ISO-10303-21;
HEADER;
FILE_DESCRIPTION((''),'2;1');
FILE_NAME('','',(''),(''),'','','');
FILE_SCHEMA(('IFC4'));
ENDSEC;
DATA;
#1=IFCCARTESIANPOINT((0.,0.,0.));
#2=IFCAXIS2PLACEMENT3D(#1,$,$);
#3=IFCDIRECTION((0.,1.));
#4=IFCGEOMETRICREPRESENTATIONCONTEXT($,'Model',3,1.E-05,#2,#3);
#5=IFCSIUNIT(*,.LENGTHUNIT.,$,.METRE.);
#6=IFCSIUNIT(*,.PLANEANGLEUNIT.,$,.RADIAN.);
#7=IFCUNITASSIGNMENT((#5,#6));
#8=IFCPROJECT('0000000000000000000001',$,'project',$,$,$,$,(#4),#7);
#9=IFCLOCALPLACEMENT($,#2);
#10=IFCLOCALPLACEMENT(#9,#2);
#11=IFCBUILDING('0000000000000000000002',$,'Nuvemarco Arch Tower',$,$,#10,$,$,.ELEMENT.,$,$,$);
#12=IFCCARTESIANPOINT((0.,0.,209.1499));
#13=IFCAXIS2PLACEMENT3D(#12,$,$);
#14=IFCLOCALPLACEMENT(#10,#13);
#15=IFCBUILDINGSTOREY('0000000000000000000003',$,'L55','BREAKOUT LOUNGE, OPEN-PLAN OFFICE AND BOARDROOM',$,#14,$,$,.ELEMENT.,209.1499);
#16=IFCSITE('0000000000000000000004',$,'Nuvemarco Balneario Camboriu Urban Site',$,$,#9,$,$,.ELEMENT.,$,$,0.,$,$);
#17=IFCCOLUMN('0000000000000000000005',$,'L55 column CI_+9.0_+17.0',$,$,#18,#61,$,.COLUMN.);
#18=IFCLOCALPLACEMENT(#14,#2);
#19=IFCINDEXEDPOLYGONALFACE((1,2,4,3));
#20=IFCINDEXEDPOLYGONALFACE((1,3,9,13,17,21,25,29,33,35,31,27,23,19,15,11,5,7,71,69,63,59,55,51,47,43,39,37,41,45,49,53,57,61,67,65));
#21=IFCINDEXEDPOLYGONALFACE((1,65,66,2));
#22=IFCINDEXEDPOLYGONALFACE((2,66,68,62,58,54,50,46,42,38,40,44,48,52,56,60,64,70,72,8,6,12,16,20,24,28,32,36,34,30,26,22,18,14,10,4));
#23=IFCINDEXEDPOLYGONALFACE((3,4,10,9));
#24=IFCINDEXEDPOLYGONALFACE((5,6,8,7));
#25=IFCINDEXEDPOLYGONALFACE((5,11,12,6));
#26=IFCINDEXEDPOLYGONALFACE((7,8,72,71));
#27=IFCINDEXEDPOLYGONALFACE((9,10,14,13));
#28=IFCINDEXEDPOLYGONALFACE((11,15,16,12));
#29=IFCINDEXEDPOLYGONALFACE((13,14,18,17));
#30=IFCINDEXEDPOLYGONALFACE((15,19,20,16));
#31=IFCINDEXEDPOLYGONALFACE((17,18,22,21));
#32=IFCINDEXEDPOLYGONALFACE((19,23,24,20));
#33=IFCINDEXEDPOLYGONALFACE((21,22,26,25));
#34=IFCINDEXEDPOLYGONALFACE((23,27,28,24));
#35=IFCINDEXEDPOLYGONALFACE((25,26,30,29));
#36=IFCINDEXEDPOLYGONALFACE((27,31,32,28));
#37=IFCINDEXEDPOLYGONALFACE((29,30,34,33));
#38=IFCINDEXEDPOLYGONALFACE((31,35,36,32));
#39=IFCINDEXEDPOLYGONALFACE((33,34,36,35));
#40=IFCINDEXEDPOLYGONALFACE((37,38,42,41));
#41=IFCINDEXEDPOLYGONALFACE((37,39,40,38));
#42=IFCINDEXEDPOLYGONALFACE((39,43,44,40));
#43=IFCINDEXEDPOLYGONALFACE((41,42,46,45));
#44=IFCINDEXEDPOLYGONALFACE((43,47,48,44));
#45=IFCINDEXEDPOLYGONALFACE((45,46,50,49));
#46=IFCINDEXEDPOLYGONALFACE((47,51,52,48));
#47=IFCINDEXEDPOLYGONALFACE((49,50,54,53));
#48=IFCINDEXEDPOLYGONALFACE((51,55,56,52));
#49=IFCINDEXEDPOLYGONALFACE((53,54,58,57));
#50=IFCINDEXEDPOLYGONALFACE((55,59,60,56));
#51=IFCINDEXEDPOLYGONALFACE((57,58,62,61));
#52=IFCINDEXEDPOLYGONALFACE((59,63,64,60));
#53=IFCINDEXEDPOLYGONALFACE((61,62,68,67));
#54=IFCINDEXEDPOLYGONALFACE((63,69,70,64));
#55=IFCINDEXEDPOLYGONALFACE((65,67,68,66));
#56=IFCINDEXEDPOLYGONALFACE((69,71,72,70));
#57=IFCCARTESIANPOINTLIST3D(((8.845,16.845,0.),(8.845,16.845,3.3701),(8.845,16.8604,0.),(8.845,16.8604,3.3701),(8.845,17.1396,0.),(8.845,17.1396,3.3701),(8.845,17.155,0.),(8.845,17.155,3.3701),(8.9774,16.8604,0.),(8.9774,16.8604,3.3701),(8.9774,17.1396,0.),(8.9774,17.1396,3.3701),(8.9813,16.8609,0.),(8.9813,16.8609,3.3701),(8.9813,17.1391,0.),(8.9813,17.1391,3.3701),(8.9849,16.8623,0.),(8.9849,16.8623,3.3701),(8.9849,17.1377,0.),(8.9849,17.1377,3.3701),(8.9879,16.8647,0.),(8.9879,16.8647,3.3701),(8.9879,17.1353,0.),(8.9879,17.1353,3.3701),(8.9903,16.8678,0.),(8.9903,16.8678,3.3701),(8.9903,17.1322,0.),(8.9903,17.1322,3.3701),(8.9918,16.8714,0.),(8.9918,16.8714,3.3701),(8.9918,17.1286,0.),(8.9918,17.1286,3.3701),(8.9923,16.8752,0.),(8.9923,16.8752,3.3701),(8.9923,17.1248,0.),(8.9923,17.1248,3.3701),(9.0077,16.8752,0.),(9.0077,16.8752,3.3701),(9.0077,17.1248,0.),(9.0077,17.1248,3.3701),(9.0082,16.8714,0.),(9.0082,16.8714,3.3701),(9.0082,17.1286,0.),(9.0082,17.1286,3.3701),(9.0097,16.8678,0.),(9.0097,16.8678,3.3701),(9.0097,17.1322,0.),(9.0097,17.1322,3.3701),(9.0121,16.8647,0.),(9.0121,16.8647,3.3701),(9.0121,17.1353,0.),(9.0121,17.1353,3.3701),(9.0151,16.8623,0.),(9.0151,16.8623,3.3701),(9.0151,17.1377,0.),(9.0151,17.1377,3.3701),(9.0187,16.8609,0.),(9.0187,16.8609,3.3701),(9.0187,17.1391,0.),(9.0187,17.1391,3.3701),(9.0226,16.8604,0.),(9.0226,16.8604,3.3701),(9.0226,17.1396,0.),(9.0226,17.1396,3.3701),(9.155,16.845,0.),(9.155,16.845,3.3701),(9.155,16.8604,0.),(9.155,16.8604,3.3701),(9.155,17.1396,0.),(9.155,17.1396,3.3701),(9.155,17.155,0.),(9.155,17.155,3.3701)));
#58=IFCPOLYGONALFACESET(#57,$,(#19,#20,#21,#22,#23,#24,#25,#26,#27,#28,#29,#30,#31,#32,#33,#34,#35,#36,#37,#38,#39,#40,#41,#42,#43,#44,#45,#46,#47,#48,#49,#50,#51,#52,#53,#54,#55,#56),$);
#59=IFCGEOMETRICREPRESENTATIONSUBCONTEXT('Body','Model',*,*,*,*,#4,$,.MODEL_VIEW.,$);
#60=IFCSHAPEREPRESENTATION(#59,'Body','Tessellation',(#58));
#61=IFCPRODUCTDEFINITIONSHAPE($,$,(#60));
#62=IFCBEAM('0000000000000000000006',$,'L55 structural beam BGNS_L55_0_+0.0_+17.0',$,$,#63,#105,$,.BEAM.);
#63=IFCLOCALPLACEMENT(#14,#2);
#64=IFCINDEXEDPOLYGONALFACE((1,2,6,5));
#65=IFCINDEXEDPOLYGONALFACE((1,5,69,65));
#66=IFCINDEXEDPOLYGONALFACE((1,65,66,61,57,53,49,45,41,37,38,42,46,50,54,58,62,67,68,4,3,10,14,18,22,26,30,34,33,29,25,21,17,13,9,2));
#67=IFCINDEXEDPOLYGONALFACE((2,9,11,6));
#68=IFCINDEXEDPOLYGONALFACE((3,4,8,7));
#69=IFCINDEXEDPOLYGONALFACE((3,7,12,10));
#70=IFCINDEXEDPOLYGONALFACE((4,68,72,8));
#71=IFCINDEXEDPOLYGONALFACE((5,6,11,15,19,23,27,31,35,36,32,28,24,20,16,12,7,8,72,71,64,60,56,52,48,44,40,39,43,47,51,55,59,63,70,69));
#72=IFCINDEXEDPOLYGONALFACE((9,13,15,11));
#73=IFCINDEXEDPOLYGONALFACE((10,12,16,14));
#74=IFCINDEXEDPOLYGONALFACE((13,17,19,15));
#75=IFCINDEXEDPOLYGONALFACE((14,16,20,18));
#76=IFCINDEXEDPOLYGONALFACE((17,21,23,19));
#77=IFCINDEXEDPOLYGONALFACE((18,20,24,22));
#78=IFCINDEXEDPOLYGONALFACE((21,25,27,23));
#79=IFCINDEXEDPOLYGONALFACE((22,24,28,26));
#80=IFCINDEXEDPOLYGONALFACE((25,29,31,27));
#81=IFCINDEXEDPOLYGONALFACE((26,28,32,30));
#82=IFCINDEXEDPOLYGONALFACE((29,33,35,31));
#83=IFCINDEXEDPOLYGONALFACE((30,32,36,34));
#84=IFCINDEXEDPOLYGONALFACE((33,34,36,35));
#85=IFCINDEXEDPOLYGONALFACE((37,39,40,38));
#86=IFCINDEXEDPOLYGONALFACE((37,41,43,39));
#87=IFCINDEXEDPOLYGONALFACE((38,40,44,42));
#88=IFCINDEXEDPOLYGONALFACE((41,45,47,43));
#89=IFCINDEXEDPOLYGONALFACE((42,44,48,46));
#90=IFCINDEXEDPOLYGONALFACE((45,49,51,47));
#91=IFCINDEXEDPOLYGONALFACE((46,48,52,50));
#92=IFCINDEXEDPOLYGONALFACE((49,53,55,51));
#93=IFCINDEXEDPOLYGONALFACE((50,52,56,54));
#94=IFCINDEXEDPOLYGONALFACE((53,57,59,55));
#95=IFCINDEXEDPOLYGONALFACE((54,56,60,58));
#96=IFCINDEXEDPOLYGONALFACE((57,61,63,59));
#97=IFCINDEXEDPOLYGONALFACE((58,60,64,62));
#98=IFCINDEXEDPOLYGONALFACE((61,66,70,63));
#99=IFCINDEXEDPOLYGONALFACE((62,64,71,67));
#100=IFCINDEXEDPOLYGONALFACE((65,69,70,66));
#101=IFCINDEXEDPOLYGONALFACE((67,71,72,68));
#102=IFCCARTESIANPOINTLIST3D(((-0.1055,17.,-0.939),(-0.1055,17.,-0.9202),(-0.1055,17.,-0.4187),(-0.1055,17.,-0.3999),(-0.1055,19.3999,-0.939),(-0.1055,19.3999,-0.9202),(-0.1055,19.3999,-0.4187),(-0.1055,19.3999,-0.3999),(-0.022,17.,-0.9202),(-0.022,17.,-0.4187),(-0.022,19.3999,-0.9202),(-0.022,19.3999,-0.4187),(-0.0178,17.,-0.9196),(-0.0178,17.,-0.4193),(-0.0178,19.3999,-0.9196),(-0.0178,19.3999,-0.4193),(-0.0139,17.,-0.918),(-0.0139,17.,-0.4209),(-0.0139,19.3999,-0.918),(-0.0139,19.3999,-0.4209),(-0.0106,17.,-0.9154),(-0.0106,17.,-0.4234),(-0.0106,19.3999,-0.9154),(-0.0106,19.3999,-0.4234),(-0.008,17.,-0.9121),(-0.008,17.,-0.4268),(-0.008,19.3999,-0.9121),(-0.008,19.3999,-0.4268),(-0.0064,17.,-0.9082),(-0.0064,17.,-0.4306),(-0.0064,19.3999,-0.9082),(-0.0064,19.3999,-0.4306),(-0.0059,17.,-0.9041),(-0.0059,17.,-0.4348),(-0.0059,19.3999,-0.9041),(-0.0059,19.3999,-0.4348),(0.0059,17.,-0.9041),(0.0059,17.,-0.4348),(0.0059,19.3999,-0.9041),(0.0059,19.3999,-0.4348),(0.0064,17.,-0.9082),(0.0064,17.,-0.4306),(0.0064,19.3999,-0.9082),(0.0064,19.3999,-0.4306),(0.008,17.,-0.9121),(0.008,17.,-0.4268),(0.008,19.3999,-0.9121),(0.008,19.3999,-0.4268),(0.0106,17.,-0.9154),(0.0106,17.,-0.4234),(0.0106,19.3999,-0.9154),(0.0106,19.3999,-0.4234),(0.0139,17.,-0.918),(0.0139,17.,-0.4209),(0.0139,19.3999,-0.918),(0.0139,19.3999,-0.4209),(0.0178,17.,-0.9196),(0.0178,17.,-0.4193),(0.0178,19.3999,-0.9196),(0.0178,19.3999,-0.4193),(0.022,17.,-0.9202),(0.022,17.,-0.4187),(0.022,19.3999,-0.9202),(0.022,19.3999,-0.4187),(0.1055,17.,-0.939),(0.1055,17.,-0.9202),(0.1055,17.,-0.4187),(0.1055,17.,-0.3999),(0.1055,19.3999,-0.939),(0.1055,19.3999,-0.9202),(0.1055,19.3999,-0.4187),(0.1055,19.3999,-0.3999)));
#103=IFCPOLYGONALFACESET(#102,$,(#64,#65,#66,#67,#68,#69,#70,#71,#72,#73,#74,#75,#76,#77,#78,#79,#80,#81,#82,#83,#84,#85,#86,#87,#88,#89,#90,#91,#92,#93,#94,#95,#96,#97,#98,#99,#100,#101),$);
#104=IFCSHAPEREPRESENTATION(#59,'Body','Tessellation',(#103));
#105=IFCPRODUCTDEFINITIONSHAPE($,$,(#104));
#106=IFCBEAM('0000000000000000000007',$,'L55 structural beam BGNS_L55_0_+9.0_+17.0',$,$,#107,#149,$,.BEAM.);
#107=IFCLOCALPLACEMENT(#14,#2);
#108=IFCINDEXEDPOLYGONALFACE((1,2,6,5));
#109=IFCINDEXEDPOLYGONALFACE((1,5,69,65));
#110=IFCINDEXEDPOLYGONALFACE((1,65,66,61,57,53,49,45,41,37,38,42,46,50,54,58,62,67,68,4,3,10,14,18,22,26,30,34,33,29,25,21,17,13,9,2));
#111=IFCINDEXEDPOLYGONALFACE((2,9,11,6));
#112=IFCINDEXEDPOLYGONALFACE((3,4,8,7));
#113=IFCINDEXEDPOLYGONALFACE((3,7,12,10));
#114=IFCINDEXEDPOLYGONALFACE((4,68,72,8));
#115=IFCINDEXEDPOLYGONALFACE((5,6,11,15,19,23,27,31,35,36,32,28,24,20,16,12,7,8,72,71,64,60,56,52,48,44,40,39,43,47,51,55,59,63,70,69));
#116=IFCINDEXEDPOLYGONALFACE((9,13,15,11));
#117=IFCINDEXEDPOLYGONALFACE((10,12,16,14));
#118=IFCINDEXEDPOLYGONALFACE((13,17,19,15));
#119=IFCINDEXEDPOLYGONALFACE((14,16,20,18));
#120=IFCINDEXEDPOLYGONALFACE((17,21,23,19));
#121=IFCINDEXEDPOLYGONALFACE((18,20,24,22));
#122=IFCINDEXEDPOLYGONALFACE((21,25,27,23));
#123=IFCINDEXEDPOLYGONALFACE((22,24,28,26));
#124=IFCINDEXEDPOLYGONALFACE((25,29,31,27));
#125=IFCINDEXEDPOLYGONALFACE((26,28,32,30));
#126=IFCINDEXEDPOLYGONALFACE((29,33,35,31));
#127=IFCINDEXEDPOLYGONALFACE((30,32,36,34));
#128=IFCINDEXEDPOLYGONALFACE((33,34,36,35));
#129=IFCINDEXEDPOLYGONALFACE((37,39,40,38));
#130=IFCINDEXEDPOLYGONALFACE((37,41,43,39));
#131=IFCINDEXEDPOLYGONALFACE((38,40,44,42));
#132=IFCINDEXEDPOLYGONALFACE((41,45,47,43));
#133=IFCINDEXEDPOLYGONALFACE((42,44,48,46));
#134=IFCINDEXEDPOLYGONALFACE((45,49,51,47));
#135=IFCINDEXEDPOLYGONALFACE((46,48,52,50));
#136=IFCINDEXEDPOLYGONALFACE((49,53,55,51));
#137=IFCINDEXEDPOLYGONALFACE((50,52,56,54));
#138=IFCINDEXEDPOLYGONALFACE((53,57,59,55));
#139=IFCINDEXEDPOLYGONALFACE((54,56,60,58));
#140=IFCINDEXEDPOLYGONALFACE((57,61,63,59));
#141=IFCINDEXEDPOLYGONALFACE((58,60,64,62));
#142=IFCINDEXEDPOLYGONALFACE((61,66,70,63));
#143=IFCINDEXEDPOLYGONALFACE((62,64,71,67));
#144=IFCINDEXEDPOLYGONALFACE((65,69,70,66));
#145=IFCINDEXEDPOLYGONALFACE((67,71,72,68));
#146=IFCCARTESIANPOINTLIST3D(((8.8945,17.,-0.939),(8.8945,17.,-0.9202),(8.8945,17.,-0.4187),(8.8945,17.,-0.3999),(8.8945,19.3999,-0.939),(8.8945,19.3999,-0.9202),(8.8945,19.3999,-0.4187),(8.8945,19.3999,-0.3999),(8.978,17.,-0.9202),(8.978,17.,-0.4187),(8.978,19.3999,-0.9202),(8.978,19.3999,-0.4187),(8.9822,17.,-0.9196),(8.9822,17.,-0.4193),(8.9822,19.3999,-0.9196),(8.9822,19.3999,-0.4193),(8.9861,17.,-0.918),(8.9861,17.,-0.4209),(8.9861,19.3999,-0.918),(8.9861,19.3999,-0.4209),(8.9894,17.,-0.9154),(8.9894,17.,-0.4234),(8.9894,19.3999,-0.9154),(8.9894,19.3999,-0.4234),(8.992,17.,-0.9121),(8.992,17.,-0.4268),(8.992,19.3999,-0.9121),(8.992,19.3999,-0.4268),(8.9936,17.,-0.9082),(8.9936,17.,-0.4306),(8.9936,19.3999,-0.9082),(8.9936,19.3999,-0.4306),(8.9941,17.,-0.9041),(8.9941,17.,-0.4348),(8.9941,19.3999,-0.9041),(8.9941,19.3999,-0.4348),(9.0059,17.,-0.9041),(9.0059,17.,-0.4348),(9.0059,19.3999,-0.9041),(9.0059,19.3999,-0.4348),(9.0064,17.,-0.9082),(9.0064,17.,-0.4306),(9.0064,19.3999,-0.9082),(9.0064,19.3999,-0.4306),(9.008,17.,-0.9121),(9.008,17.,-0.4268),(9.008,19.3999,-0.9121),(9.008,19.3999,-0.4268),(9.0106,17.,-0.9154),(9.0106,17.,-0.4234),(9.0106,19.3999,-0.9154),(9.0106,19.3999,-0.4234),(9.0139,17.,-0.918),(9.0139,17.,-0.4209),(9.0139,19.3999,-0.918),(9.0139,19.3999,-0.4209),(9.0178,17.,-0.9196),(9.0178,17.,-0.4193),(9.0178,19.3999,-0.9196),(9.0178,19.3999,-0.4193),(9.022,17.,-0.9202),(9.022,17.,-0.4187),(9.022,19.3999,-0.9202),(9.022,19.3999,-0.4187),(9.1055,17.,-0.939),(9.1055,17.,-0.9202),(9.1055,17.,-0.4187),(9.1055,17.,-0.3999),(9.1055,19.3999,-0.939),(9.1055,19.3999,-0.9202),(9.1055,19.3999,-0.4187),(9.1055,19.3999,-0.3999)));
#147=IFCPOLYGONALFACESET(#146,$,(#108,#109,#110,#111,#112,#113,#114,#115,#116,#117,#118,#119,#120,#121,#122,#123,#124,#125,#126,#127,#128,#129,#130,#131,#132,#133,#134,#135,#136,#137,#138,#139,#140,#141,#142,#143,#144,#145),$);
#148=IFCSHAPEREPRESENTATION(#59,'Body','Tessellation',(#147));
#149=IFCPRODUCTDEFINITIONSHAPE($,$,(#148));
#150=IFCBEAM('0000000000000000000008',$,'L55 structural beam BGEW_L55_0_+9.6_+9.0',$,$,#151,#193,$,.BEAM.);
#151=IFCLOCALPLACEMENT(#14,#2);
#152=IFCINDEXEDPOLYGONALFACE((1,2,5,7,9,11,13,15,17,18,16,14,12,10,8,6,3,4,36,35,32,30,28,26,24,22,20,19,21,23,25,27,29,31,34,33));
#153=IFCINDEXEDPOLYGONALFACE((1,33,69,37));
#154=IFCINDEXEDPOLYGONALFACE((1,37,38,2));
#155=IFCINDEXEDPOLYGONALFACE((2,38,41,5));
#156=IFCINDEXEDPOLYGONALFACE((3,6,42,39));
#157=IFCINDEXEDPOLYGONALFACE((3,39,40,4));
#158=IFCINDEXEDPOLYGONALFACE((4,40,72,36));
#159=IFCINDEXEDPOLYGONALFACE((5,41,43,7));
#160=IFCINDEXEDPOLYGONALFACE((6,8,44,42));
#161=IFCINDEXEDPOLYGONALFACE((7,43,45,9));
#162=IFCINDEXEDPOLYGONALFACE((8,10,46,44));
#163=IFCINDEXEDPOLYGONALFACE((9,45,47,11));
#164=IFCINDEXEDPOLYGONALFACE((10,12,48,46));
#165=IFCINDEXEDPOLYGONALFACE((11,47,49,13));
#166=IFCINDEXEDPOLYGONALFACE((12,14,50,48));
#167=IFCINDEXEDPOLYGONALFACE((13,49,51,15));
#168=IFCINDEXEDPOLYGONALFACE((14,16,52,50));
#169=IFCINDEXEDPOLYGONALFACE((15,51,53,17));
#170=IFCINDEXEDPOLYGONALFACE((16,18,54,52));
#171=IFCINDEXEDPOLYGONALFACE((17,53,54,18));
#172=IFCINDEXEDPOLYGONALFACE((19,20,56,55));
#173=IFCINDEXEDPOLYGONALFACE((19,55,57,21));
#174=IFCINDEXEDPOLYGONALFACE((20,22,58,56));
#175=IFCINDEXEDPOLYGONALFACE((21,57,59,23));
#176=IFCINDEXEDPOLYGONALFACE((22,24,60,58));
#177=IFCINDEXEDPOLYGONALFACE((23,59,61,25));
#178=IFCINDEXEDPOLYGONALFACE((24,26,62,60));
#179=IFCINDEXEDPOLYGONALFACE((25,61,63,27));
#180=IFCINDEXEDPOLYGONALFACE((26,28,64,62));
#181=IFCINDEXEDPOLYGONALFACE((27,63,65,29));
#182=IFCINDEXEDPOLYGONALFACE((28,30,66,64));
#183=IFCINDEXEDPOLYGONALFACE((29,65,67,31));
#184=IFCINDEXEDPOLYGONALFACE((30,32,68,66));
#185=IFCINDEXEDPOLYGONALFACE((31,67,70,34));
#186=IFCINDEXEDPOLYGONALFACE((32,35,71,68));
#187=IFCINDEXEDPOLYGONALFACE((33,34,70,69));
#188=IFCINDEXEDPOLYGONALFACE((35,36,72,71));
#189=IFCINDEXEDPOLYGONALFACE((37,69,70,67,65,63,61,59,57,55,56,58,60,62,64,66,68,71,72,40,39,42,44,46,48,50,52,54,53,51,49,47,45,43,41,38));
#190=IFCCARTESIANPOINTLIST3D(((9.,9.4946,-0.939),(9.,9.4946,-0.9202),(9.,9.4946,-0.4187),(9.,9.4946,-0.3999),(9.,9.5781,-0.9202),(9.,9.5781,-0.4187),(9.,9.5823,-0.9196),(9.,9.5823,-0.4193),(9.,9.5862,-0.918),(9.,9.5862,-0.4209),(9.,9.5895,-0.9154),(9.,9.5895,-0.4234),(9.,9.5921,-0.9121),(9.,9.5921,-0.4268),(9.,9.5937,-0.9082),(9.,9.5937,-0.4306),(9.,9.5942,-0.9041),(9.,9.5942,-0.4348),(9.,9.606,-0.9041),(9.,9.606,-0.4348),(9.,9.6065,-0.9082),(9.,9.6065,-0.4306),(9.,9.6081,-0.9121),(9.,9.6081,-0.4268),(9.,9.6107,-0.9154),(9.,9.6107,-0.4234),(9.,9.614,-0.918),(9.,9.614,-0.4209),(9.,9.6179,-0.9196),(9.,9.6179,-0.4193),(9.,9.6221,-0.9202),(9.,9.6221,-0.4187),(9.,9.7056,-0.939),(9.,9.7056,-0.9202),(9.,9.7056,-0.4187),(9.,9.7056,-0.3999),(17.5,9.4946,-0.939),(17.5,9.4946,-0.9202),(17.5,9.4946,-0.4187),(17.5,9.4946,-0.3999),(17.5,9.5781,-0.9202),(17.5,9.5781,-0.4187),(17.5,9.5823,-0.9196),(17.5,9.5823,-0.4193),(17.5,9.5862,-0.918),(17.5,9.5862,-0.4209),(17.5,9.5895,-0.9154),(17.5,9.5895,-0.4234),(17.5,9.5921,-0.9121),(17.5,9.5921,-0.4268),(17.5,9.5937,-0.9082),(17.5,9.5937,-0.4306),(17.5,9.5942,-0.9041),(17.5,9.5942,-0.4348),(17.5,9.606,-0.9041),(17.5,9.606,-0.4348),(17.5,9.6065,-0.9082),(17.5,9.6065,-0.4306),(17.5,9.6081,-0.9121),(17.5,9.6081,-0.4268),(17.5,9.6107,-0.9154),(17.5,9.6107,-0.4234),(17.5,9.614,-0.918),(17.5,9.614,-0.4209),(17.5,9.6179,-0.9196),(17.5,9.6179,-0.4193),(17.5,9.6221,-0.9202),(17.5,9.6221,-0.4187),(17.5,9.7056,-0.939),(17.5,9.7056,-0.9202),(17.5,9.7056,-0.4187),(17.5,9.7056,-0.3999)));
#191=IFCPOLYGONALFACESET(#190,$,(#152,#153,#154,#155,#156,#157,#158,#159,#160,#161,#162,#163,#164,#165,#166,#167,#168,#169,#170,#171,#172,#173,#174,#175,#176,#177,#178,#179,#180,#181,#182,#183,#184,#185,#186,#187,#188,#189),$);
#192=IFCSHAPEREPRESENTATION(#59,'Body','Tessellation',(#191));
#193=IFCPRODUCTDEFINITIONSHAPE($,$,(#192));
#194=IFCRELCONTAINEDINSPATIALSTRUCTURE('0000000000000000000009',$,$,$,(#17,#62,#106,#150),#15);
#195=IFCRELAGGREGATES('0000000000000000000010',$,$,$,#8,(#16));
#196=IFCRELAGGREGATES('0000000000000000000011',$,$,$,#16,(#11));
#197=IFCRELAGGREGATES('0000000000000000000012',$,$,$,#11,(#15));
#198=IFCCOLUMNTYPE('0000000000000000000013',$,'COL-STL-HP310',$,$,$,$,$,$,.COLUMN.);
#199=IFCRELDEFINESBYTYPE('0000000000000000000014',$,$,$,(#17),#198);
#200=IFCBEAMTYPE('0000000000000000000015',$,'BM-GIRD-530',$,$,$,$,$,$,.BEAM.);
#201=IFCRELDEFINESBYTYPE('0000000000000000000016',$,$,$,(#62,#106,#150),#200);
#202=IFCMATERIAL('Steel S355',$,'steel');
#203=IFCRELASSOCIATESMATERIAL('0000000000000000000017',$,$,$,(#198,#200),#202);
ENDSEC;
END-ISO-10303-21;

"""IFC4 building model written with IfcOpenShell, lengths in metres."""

from ifc_helpers import new_model, si_unit, direction, frame, origin, origin_2d, place, context, subcontext, project, spatial, i_section, extrude, material, material_profile, profile_set, type_object, element, save


model = new_model("IFC4")

# Units and contexts
model_context = context("Model", 3, precision=1e-05, world=origin(), true_north=direction((0.0, 1.0)))
body_context = subcontext(model_context, "Body", "Model", "MODEL_VIEW")
ifc_project = project(units=[si_unit("LENGTHUNIT", "METRE"), si_unit("PLANEANGLEUNIT", "RADIAN")], contexts=[model_context])

# Site, building, storey
site_placement = place(None, origin())
site = spatial("IfcSite", under=ifc_project, at=site_placement, Name="Nuvemarco Balneario Camboriu Urban Site", CompositionType="ELEMENT", RefElevation=0.0)
building_placement = place(site_placement, origin())
building = spatial("IfcBuilding", under=site, at=building_placement, Name="Nuvemarco Arch Tower", CompositionType="ELEMENT")
storey_placement = place(building_placement, frame((0.0, 0.0, 209.1499)))
storey = spatial("IfcBuildingStorey", under=building, at=storey_placement, Name="L55", Description="BREAKOUT LOUNGE, OPEN-PLAN OFFICE AND BOARDROOM", CompositionType="ELEMENT", Elevation=209.1499)

# Column
ifc_material_1 = material(Name="Steel S355", Category="steel")
ifc_material_profile_1 = material_profile(ifc_material_1, i_section(OverallWidth=0.3101, OverallDepth=0.3101, WebThickness=0.0154, FlangeThickness=0.0154, FilletRadius=0.0149, at=origin_2d()), Name="HP310x110")
ifc_profile_set_1 = profile_set([ifc_material_profile_1], Name="Steel S355")
column_type_1 = type_object("IfcColumnType", Name="COL-STL-HP310", PredefinedType="COLUMN", material=ifc_profile_set_1)
for number, where, z_axis, x_axis, name in (
    (1, (9.0, 17.0, 0.0), (0.0, 0.0, 1.0), (1.0, 0.0, 0.0), "L55 column CI_+9.0_+17.0"),
):
    element("IfcColumn", number, at=place(storey_placement, frame(where, z_axis=z_axis, x_axis=x_axis)), inside=storey, type_object=column_type_1, Name=name, PredefinedType="COLUMN", context=body_context, shape_type="SweptSolid", body=[
        extrude(i_section(OverallWidth=0.3101, OverallDepth=0.3101, WebThickness=0.0154, FlangeThickness=0.0154, FilletRadius=0.0149, at=origin_2d()), origin(), (0.0, 0.0, 1.0), 3.3701),
    ])

# Beams
ifc_material_profile_2 = material_profile(ifc_material_1, i_section(OverallWidth=0.2109, OverallDepth=0.5391, WebThickness=0.0117, FlangeThickness=0.0188, FilletRadius=0.0161, at=origin_2d()), Name="W530x109")
ifc_profile_set_2 = profile_set([ifc_material_profile_2], Name="Steel S355")
beam_type_1 = type_object("IfcBeamType", Name="BM-GIRD-530", PredefinedType="BEAM", material=ifc_profile_set_2)
for number, where, z_axis, x_axis, name in (
    (2, (0.0, 17.0, -0.6694), (0.0, 1.0, 0.0), (-1.0, 0.0, 0.0), "L55 structural beam BGNS_L55_0_+0.0_+17.0"),
    (3, (9.0, 17.0, -0.6694), (0.0, 1.0, 0.0), (-1.0, 0.0, 0.0), "L55 structural beam BGNS_L55_0_+9.0_+17.0"),
):
    element("IfcBeam", number, at=place(storey_placement, frame(where, z_axis=z_axis, x_axis=x_axis)), inside=storey, type_object=beam_type_1, Name=name, PredefinedType="BEAM", context=body_context, shape_type="SweptSolid", body=[
        extrude(i_section(OverallWidth=0.2109, OverallDepth=0.5391, WebThickness=0.0117, FlangeThickness=0.0188, FilletRadius=0.0161, at=origin_2d()), origin(), (0.0, 0.0, 1.0), 2.3999),
    ])
beam_1_placement = place(storey_placement, frame((9.0, 9.6001, -0.6694), z_axis=(1.0, 0.0, 0.0), x_axis=(0.0, 1.0, 0.0)))
element("IfcBeam", 4, at=beam_1_placement, inside=storey, type_object=beam_type_1, Name="L55 structural beam BGEW_L55_0_+9.6_+9.0", PredefinedType="BEAM", context=body_context, shape_type="SweptSolid", body=[
    extrude(i_section(OverallWidth=0.2109, OverallDepth=0.5391, WebThickness=0.0117, FlangeThickness=0.0188, FilletRadius=0.0161, at=origin_2d()), origin(), (0.0, 0.0, 1.0), 8.5),
])

save(model, "model.ifc")
